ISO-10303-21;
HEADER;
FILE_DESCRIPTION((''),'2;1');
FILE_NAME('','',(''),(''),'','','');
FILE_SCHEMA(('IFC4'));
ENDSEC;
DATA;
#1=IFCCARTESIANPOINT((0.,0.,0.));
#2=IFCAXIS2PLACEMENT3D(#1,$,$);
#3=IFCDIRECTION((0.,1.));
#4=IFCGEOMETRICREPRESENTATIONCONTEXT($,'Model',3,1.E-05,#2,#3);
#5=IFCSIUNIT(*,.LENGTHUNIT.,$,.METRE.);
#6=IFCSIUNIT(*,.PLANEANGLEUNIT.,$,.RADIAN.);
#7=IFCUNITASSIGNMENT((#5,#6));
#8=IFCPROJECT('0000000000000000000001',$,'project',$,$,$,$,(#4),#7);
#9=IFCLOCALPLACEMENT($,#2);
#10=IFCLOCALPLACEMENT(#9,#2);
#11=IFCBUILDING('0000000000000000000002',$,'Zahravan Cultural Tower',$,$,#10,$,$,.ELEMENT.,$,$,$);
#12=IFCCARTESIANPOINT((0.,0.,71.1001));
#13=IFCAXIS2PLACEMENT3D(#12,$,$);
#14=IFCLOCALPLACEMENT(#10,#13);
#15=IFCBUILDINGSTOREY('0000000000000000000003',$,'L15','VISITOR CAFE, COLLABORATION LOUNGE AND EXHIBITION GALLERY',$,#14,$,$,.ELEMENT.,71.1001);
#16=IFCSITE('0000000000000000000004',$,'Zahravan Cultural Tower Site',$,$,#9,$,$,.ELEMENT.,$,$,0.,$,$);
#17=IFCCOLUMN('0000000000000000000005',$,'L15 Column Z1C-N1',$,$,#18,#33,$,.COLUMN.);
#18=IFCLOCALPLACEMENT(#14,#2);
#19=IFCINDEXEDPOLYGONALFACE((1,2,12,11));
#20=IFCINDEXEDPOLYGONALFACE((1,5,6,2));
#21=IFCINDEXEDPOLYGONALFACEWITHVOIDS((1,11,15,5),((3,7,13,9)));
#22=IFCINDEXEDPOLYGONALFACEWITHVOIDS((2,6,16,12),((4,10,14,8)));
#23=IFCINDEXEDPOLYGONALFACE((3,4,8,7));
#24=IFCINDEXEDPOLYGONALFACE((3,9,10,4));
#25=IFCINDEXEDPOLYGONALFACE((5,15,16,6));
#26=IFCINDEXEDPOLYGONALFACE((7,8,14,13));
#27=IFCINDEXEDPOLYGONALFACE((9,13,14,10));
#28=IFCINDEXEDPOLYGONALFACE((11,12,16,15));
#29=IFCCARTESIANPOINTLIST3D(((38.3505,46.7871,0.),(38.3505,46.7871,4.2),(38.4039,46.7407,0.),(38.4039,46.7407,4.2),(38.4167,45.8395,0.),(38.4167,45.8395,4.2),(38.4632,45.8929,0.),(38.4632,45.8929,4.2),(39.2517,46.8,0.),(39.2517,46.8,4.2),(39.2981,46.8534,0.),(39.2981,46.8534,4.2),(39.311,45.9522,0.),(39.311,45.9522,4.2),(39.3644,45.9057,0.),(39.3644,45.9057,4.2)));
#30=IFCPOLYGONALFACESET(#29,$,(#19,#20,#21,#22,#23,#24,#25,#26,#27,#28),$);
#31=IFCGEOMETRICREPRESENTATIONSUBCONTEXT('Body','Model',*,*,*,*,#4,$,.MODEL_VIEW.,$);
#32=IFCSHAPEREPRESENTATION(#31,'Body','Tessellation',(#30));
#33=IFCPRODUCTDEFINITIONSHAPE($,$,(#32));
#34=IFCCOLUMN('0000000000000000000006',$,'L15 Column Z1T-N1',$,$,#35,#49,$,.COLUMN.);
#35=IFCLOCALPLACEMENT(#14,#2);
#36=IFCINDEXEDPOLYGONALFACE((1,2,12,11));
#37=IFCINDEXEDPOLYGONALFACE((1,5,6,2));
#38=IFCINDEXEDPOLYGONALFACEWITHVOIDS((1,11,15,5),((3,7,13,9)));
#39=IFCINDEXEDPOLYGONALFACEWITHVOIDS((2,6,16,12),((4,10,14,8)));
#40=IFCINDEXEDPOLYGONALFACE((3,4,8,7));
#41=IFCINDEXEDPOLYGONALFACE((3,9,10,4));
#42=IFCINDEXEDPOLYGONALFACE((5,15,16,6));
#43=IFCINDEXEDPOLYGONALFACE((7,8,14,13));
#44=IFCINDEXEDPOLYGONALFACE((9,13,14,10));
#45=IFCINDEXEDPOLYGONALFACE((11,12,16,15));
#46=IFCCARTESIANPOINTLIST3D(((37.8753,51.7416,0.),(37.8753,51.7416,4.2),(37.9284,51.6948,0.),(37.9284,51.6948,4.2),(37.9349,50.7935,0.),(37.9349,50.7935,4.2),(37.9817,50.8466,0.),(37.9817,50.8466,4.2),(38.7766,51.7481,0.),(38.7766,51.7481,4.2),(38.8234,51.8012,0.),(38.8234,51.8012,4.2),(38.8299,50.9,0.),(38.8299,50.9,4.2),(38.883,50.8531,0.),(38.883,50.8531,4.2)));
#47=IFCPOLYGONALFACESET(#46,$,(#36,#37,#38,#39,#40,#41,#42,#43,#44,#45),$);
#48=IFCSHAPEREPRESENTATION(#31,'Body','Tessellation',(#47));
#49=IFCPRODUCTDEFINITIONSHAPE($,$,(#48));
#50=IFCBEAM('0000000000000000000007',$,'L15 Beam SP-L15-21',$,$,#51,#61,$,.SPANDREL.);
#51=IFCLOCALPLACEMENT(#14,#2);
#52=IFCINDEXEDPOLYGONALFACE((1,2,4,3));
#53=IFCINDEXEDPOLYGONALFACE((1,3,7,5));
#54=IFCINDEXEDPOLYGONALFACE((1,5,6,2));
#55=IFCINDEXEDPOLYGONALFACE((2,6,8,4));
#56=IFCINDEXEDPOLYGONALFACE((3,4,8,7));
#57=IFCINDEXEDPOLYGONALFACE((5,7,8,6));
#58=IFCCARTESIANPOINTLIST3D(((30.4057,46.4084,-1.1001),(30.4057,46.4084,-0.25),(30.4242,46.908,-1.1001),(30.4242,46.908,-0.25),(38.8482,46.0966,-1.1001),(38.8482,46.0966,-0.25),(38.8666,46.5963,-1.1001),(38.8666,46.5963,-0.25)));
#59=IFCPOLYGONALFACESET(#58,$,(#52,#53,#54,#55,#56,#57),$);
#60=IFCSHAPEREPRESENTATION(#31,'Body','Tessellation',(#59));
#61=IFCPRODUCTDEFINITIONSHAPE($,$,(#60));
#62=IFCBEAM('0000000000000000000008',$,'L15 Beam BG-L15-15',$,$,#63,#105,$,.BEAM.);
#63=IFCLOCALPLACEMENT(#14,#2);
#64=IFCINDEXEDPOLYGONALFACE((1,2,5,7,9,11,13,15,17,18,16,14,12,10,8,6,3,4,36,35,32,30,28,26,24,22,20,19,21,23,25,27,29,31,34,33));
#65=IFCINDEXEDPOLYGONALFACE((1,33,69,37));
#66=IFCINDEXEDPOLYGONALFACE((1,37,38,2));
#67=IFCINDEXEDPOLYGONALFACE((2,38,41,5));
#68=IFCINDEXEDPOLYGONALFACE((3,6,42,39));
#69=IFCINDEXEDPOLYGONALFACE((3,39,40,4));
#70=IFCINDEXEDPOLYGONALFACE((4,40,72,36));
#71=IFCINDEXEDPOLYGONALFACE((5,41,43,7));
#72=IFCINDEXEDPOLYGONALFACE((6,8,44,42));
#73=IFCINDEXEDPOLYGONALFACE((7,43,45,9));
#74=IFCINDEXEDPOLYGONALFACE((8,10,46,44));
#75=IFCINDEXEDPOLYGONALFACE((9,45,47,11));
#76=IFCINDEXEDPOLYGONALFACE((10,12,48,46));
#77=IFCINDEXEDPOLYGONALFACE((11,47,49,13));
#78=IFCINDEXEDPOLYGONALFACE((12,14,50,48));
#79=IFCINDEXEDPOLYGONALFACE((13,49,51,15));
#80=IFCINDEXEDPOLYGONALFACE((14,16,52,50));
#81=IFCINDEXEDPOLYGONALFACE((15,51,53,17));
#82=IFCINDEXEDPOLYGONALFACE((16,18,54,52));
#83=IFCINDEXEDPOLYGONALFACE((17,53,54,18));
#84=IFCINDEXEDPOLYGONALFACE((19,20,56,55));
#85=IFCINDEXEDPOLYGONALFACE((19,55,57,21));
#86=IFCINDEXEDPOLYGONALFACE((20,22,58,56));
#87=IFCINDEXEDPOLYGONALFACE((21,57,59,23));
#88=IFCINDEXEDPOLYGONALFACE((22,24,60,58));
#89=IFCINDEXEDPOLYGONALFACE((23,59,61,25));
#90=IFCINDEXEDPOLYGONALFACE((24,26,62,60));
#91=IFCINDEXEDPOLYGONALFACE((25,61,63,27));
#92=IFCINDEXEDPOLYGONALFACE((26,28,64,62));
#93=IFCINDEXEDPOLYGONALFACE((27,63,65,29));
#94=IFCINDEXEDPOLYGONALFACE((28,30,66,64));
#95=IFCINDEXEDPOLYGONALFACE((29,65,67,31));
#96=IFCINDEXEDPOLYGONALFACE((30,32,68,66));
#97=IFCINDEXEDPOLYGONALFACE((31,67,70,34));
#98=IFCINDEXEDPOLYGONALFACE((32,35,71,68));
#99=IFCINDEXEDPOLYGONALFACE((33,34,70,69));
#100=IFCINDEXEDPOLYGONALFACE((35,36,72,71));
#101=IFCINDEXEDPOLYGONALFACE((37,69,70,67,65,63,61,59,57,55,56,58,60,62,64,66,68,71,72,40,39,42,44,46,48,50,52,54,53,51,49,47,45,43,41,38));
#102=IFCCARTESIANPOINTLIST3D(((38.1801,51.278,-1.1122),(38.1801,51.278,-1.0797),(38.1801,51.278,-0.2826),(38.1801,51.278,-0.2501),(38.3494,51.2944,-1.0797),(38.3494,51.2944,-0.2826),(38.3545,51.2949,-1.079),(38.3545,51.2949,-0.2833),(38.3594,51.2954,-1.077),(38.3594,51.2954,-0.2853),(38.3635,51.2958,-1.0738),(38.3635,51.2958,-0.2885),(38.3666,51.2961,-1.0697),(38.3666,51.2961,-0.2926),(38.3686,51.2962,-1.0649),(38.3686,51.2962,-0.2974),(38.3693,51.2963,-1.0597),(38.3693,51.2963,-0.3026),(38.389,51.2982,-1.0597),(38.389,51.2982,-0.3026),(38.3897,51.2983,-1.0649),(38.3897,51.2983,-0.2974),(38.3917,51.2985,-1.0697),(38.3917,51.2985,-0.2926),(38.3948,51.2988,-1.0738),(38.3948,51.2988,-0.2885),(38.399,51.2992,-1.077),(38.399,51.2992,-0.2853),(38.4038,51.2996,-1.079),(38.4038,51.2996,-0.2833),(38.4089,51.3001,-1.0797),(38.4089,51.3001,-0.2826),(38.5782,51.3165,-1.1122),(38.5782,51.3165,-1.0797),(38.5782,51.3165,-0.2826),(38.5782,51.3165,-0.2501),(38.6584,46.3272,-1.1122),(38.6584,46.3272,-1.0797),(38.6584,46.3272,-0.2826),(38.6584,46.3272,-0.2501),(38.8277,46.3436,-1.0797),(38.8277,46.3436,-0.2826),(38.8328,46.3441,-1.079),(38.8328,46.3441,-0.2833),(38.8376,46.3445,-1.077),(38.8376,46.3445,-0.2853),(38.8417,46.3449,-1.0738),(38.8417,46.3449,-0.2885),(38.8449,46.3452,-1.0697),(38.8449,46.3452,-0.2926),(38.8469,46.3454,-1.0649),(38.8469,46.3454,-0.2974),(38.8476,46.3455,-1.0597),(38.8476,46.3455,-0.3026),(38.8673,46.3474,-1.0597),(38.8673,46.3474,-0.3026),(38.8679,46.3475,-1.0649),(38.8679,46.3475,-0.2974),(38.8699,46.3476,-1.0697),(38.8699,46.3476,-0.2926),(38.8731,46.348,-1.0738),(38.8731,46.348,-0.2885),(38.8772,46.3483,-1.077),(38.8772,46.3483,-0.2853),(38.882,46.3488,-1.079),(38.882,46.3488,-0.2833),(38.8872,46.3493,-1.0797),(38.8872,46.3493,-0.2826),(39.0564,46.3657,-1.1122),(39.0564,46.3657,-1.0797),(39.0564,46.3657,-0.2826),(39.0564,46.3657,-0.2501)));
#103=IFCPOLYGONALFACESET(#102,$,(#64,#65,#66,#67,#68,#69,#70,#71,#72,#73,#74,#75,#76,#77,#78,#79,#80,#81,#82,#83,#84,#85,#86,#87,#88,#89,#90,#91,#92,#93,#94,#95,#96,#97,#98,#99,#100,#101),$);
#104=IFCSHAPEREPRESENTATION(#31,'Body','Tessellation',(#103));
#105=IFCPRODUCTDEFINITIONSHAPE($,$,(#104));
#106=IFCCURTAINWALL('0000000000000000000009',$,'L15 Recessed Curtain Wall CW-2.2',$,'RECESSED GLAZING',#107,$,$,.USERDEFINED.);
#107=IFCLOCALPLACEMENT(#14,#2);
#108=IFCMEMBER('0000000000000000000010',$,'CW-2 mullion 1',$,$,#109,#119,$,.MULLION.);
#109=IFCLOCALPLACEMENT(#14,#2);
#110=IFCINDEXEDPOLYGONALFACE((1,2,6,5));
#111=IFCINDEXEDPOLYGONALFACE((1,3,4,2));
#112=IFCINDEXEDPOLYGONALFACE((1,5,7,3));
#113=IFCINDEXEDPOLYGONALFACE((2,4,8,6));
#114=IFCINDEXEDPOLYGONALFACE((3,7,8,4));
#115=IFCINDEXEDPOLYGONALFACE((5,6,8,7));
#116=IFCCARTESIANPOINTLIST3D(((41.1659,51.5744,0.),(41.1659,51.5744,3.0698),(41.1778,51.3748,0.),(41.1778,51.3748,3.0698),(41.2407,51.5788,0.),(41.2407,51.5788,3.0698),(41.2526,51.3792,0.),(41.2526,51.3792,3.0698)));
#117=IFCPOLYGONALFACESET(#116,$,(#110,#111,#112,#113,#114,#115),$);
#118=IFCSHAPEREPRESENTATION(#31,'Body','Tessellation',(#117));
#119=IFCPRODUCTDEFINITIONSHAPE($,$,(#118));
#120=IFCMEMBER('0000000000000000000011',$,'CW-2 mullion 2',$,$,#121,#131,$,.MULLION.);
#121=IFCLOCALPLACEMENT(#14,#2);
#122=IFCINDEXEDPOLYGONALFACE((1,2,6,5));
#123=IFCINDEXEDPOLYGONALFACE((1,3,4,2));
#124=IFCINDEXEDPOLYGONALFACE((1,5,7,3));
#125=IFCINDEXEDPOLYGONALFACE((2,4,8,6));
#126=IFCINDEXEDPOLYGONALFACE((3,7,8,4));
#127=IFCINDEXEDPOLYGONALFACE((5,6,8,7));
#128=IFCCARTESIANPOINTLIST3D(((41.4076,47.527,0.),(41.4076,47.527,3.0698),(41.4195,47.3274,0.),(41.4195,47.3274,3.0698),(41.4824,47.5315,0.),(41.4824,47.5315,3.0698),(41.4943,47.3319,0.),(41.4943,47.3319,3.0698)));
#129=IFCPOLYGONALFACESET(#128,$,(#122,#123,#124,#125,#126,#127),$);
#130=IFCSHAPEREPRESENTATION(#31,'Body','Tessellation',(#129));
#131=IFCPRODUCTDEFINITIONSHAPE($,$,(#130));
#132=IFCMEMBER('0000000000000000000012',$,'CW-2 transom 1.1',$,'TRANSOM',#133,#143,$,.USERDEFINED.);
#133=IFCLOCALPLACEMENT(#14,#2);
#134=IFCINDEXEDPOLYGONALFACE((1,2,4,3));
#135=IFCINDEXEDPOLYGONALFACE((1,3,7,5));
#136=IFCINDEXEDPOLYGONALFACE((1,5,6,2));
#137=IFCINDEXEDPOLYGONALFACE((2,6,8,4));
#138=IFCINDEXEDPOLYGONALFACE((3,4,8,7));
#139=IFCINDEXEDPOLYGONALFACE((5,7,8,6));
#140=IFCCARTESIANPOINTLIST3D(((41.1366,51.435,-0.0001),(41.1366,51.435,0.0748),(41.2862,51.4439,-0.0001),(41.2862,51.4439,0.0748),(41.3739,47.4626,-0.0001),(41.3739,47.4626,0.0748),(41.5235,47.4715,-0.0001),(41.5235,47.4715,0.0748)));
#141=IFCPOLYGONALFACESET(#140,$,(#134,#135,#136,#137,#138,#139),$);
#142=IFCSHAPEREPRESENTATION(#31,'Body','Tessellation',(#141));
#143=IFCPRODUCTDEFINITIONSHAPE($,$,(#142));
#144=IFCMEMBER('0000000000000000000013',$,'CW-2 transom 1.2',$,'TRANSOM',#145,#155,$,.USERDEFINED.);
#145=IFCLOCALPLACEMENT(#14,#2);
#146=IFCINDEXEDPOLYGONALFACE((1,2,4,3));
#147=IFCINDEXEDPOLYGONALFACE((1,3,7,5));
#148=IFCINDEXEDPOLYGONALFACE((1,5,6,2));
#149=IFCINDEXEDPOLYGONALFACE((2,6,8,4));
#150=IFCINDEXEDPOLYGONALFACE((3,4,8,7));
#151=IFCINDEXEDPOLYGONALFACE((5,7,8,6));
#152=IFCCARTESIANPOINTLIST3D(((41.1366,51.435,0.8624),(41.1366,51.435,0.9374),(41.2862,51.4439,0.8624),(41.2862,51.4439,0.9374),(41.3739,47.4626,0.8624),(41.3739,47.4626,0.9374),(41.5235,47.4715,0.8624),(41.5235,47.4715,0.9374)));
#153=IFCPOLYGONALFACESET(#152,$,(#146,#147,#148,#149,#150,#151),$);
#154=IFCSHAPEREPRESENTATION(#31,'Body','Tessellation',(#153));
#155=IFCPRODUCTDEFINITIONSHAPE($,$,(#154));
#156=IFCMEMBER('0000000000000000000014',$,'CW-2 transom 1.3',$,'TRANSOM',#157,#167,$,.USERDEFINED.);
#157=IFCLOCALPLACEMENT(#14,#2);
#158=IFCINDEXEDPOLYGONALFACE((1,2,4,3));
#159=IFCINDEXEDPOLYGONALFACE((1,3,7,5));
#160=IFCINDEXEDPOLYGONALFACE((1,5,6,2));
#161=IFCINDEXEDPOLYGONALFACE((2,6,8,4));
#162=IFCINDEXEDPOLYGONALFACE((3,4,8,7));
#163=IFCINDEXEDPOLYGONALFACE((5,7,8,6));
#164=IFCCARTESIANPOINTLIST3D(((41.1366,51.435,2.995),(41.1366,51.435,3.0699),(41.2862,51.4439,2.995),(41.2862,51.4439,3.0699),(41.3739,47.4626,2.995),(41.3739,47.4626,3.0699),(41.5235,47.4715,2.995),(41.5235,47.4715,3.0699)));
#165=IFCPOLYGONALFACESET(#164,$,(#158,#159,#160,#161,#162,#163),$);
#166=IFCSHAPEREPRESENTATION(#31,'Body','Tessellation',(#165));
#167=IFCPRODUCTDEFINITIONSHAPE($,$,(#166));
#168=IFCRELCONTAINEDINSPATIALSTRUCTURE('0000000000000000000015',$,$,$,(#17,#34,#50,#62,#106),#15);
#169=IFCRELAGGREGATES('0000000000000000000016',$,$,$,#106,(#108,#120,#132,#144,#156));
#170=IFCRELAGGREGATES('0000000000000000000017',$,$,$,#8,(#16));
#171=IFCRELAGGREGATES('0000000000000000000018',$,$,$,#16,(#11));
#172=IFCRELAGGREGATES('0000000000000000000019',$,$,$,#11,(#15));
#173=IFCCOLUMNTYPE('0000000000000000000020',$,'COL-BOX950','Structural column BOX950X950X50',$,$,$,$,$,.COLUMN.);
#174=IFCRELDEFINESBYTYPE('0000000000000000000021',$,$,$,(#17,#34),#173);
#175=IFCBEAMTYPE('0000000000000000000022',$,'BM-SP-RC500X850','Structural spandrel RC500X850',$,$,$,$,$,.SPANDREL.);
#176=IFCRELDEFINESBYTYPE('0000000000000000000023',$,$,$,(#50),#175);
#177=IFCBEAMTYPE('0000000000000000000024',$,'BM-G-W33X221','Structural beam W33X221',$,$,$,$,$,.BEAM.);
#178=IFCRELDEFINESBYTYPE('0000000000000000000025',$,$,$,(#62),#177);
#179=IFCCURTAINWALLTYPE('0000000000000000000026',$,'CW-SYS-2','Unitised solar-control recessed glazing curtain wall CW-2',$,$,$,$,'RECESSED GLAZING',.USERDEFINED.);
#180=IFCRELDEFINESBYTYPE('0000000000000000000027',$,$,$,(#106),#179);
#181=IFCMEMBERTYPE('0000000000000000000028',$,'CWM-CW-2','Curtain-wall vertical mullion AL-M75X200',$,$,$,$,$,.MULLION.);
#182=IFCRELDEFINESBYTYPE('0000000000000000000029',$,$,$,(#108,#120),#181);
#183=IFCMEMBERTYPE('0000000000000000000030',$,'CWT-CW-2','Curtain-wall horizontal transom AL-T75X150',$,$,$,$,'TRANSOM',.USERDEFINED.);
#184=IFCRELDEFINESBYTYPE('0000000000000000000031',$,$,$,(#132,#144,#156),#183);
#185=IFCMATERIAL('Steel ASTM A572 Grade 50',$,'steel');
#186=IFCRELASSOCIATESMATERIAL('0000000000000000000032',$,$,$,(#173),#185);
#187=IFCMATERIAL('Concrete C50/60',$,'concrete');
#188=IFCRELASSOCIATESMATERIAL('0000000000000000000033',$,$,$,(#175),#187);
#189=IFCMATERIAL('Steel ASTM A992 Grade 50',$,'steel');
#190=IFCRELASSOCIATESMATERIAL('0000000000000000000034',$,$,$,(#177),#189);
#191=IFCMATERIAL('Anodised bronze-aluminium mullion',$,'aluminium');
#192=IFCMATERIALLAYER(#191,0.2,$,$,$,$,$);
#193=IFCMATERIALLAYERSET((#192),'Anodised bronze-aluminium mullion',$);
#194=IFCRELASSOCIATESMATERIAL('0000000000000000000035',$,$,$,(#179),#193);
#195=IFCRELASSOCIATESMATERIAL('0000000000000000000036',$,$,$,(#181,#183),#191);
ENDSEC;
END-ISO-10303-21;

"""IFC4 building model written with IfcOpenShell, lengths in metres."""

from ifc_helpers import new_model, si_unit, direction, frame, origin, origin_2d, place, context, subcontext, project, spatial, rectangle, hollow_rectangle, i_section, extrude, source, transform, mapped, material, layer, layer_set, material_profile, profile_set, type_object, element, aggregate, save


model = new_model("IFC4")

# Units and contexts
model_context = context("Model", 3, precision=1e-05, world=origin(), true_north=direction((0.0, 1.0)))
body_context = subcontext(model_context, "Body", "Model", "MODEL_VIEW")
ifc_project = project(units=[si_unit("LENGTHUNIT", "METRE"), si_unit("PLANEANGLEUNIT", "RADIAN")], contexts=[model_context])

# Site, building, storey
site_placement = place(None, origin())
site = spatial("IfcSite", under=ifc_project, at=site_placement, Name="Zahravan Cultural Tower Site", CompositionType="ELEMENT", RefElevation=0.0)
building_placement = place(site_placement, origin())
building = spatial("IfcBuilding", under=site, at=building_placement, Name="Zahravan Cultural Tower", CompositionType="ELEMENT")
storey_placement = place(building_placement, frame((0.0, 0.0, 71.1001)))
storey = spatial("IfcBuildingStorey", under=building, at=storey_placement, Name="L15", Description="VISITOR CAFE, COLLABORATION LOUNGE AND EXHIBITION GALLERY", CompositionType="ELEMENT", Elevation=71.1001)

# Columns
ifc_material_1 = material(Name="Steel ASTM A572 Grade 50", Category="steel")
ifc_material_profile_1 = material_profile(ifc_material_1, hollow_rectangle(XDim=0.95, YDim=0.95, WallThickness=0.05, at=origin_2d()), Name="BOX950X950X50")
ifc_profile_set_1 = profile_set([ifc_material_profile_1], Name="Steel ASTM A572 Grade 50")
column_type = type_object("IfcColumnType", Name="COL-BOX950", Description="Structural column BOX950X950X50", PredefinedType="COLUMN", material=ifc_profile_set_1)
shared_shape_1 = source(origin(), body_context, "Body", "SweptSolid", [
    extrude(hollow_rectangle(XDim=0.95, YDim=0.95, WallThickness=0.05, at=origin_2d()), origin(), (0.0, 0.0, 1.0), 4.2),
])
for number, where, z_axis, x_axis, name in (
    (1, (38.8574, 46.3464, 0.0), (0.0, 0.0, 1.0), (-0.069756, 0.997564, 0.0), "L15 Column Z1C-N1"),
    (2, (38.3792, 51.2974, 0.0), (0.0, 0.0, 1.0), (-0.062791, 0.998027, 0.0), "L15 Column Z1T-N1"),
):
    element("IfcColumn", number, at=place(storey_placement, frame(where, z_axis=z_axis, x_axis=x_axis)), inside=storey, type_object=column_type, Name=name, PredefinedType="COLUMN", context=body_context, shape_type="MappedRepresentation", body=[
        mapped(shared_shape_1, transform((0.0, 0.0, 0.0), x_axis=(1.0, 0.0, 0.0), y_axis=(0.0, 1.0, 0.0), z_axis=(0.0, 0.0, 1.0), scale=1.0)),
    ])

# Beams
ifc_material_2 = material(Name="Concrete C50/60", Category="concrete")
ifc_material_profile_2 = material_profile(ifc_material_2, rectangle(XDim=0.5, YDim=0.8501, at=origin_2d()), Name="RC500X850")
ifc_profile_set_2 = profile_set([ifc_material_profile_2], Name="Concrete C50/60")
beam_type_1 = type_object("IfcBeamType", Name="BM-SP-RC500X850", Description="Structural spandrel RC500X850", PredefinedType="SPANDREL", material=ifc_profile_set_2)
shared_shape_2 = source(origin(), body_context, "Body", "SweptSolid", [
    extrude(rectangle(XDim=0.5, YDim=0.8501, at=origin_2d()), origin(), (0.0, 0.0, 1.0), 8.4482),
])
beam_1_placement = place(storey_placement, frame((38.8574, 46.3464, -0.675), z_axis=(-0.999319, 0.036904, 0.0), x_axis=(-0.036904, -0.999319, 0.0)))
element("IfcBeam", 3, at=beam_1_placement, inside=storey, type_object=beam_type_1, Name="L15 Beam SP-L15-21", PredefinedType="SPANDREL", context=body_context, shape_type="MappedRepresentation", body=[
    mapped(shared_shape_2, transform((0.0, 0.0, 0.0), x_axis=(1.0, 0.0, 0.0), y_axis=(0.0, 1.0, 0.0), z_axis=(0.0, 0.0, 1.0), scale=1.0)),
])
ifc_material_3 = material(Name="Steel ASTM A992 Grade 50", Category="steel")
ifc_material_profile_3 = material_profile(ifc_material_3, i_section(OverallWidth=0.3999, OverallDepth=0.8621, WebThickness=0.0198, FlangeThickness=0.0325, FilletRadius=0.02, at=origin_2d()), Name="W33X221")
ifc_profile_set_3 = profile_set([ifc_material_profile_3], Name="Steel ASTM A992 Grade 50")
beam_type_2 = type_object("IfcBeamType", Name="BM-G-W33X221", Description="Structural beam W33X221", PredefinedType="BEAM", material=ifc_profile_set_3)
shared_shape_3 = source(origin(), body_context, "Body", "SweptSolid", [
    extrude(i_section(OverallWidth=0.3999, OverallDepth=0.8621, WebThickness=0.0198, FlangeThickness=0.0325, FilletRadius=0.02, at=origin_2d()), origin(), (0.0, 0.0, 1.0), 4.9739),
])
beam_2_placement = place(storey_placement, frame((38.8574, 46.3464, -0.6812), z_axis=(-0.096155, 0.995366, 0.0), x_axis=(-0.995366, -0.096155, 0.0)))
element("IfcBeam", 4, at=beam_2_placement, inside=storey, type_object=beam_type_2, Name="L15 Beam BG-L15-15", PredefinedType="BEAM", context=body_context, shape_type="MappedRepresentation", body=[
    mapped(shared_shape_3, transform((0.0, 0.0, 0.0), x_axis=(1.0, 0.0, 0.0), y_axis=(0.0, 1.0, 0.0), z_axis=(0.0, 0.0, 1.0), scale=1.0)),
])

# Curtain wall, members
ifc_material_4 = material(Name="Anodised bronze-aluminium mullion", Category="aluminium")
ifc_layer_1 = layer(ifc_material_4, 0.2)
ifc_layer_set_1 = layer_set([ifc_layer_1], Name="Anodised bronze-aluminium mullion")
curtain_wall_type = type_object("IfcCurtainWallType", Name="CW-SYS-2", Description="Unitised solar-control recessed glazing curtain wall CW-2", ElementType="RECESSED GLAZING", PredefinedType="USERDEFINED", material=ifc_layer_set_1)
curtain_wall_placement = place(storey_placement, origin())
curtain_wall = element("IfcCurtainWall", 5, at=curtain_wall_placement, inside=storey, type_object=curtain_wall_type, Name="L15 Recessed Curtain Wall CW-2.2", ObjectType="RECESSED GLAZING", PredefinedType="USERDEFINED")
ifc_material_profile_4 = material_profile(ifc_material_4, rectangle(XDim=0.075, YDim=0.2, at=origin_2d()), Name="AL-M75X200")
ifc_profile_set_4 = profile_set([ifc_material_profile_4], Name="Anodised bronze-aluminium mullion")
member_type_1 = type_object("IfcMemberType", Name="CWM-CW-2", Description="Curtain-wall vertical mullion AL-M75X200", PredefinedType="MULLION", material=ifc_profile_set_4)
shared_shape_4 = source(origin(), body_context, "Body", "SweptSolid", [
    extrude(rectangle(XDim=0.075, YDim=0.2, at=origin_2d()), origin(), (0.0, 0.0, 1.0), 3.0698),
])
member_1_placement = place(storey_placement, frame((41.2092, 51.4768, 0.0), z_axis=(0.0, 0.0, 1.0), x_axis=(0.998219, 0.059652, 0.0)))
member_1 = element("IfcMember", 6, at=member_1_placement, type_object=member_type_1, Name="CW-2 mullion 1", PredefinedType="MULLION", context=body_context, shape_type="MappedRepresentation", body=[
    mapped(shared_shape_4, transform((0.0, 0.0, 0.0), x_axis=(1.0, 0.0, 0.0), y_axis=(0.0, 1.0, 0.0), z_axis=(0.0, 0.0, 1.0), scale=1.0)),
])
member_2_placement = place(storey_placement, frame((41.4509, 47.4294, 0.0), z_axis=(0.0, 0.0, 1.0), x_axis=(0.998219, 0.059652, 0.0)))
member_2 = element("IfcMember", 7, at=member_2_placement, type_object=member_type_1, Name="CW-2 mullion 2", PredefinedType="MULLION", context=body_context, shape_type="MappedRepresentation", body=[
    mapped(shared_shape_4, transform((0.0, 0.0, 0.0), x_axis=(1.0, 0.0, 0.0), y_axis=(0.0, 1.0, 0.0), z_axis=(0.0, 0.0, 1.0), scale=1.0)),
])
ifc_material_profile_5 = material_profile(ifc_material_4, rectangle(XDim=0.1499, YDim=0.075, at=origin_2d()), Name="AL-T75X150")
ifc_profile_set_5 = profile_set([ifc_material_profile_5], Name="Anodised bronze-aluminium mullion")
member_type_2 = type_object("IfcMemberType", Name="CWT-CW-2", Description="Curtain-wall horizontal transom AL-T75X150", ElementType="TRANSOM", PredefinedType="USERDEFINED", material=ifc_profile_set_5)
shared_shape_5 = source(origin(), body_context, "Body", "SweptSolid", [
    extrude(rectangle(XDim=0.1499, YDim=0.075, at=origin_2d()), origin(), (0.0, 0.0, 1.0), 3.9795),
])
member_3_placement = place(storey_placement, frame((41.2114, 51.4395, 0.0374), z_axis=(0.059632, -0.99822, 0.0), x_axis=(0.99822, 0.059632, 0.0)))
member_3 = element("IfcMember", 8, at=member_3_placement, type_object=member_type_2, Name="CW-2 transom 1.1", ObjectType="TRANSOM", PredefinedType="USERDEFINED", context=body_context, shape_type="MappedRepresentation", body=[
    mapped(shared_shape_5, transform((0.0, 0.0, 0.0), x_axis=(1.0, 0.0, 0.0), y_axis=(0.0, 1.0, 0.0), z_axis=(0.0, 0.0, 1.0), scale=1.0)),
])
member_4_placement = place(storey_placement, frame((41.2114, 51.4395, 0.8999), z_axis=(0.059632, -0.99822, 0.0), x_axis=(0.99822, 0.059632, 0.0)))
member_4 = element("IfcMember", 9, at=member_4_placement, type_object=member_type_2, Name="CW-2 transom 1.2", ObjectType="TRANSOM", PredefinedType="USERDEFINED", context=body_context, shape_type="MappedRepresentation", body=[
    mapped(shared_shape_5, transform((0.0, 0.0, 0.0), x_axis=(1.0, 0.0, 0.0), y_axis=(0.0, 1.0, 0.0), z_axis=(0.0, 0.0, 1.0), scale=1.0)),
])
member_5_placement = place(storey_placement, frame((41.2114, 51.4395, 3.0325), z_axis=(0.059632, -0.99822, 0.0), x_axis=(0.99822, 0.059632, 0.0)))
member_5 = element("IfcMember", 10, at=member_5_placement, type_object=member_type_2, Name="CW-2 transom 1.3", ObjectType="TRANSOM", PredefinedType="USERDEFINED", context=body_context, shape_type="MappedRepresentation", body=[
    mapped(shared_shape_5, transform((0.0, 0.0, 0.0), x_axis=(1.0, 0.0, 0.0), y_axis=(0.0, 1.0, 0.0), z_axis=(0.0, 0.0, 1.0), scale=1.0)),
])
aggregate(curtain_wall, [member_1, member_2, member_3, member_4, member_5])

save(model, "model.ifc")
